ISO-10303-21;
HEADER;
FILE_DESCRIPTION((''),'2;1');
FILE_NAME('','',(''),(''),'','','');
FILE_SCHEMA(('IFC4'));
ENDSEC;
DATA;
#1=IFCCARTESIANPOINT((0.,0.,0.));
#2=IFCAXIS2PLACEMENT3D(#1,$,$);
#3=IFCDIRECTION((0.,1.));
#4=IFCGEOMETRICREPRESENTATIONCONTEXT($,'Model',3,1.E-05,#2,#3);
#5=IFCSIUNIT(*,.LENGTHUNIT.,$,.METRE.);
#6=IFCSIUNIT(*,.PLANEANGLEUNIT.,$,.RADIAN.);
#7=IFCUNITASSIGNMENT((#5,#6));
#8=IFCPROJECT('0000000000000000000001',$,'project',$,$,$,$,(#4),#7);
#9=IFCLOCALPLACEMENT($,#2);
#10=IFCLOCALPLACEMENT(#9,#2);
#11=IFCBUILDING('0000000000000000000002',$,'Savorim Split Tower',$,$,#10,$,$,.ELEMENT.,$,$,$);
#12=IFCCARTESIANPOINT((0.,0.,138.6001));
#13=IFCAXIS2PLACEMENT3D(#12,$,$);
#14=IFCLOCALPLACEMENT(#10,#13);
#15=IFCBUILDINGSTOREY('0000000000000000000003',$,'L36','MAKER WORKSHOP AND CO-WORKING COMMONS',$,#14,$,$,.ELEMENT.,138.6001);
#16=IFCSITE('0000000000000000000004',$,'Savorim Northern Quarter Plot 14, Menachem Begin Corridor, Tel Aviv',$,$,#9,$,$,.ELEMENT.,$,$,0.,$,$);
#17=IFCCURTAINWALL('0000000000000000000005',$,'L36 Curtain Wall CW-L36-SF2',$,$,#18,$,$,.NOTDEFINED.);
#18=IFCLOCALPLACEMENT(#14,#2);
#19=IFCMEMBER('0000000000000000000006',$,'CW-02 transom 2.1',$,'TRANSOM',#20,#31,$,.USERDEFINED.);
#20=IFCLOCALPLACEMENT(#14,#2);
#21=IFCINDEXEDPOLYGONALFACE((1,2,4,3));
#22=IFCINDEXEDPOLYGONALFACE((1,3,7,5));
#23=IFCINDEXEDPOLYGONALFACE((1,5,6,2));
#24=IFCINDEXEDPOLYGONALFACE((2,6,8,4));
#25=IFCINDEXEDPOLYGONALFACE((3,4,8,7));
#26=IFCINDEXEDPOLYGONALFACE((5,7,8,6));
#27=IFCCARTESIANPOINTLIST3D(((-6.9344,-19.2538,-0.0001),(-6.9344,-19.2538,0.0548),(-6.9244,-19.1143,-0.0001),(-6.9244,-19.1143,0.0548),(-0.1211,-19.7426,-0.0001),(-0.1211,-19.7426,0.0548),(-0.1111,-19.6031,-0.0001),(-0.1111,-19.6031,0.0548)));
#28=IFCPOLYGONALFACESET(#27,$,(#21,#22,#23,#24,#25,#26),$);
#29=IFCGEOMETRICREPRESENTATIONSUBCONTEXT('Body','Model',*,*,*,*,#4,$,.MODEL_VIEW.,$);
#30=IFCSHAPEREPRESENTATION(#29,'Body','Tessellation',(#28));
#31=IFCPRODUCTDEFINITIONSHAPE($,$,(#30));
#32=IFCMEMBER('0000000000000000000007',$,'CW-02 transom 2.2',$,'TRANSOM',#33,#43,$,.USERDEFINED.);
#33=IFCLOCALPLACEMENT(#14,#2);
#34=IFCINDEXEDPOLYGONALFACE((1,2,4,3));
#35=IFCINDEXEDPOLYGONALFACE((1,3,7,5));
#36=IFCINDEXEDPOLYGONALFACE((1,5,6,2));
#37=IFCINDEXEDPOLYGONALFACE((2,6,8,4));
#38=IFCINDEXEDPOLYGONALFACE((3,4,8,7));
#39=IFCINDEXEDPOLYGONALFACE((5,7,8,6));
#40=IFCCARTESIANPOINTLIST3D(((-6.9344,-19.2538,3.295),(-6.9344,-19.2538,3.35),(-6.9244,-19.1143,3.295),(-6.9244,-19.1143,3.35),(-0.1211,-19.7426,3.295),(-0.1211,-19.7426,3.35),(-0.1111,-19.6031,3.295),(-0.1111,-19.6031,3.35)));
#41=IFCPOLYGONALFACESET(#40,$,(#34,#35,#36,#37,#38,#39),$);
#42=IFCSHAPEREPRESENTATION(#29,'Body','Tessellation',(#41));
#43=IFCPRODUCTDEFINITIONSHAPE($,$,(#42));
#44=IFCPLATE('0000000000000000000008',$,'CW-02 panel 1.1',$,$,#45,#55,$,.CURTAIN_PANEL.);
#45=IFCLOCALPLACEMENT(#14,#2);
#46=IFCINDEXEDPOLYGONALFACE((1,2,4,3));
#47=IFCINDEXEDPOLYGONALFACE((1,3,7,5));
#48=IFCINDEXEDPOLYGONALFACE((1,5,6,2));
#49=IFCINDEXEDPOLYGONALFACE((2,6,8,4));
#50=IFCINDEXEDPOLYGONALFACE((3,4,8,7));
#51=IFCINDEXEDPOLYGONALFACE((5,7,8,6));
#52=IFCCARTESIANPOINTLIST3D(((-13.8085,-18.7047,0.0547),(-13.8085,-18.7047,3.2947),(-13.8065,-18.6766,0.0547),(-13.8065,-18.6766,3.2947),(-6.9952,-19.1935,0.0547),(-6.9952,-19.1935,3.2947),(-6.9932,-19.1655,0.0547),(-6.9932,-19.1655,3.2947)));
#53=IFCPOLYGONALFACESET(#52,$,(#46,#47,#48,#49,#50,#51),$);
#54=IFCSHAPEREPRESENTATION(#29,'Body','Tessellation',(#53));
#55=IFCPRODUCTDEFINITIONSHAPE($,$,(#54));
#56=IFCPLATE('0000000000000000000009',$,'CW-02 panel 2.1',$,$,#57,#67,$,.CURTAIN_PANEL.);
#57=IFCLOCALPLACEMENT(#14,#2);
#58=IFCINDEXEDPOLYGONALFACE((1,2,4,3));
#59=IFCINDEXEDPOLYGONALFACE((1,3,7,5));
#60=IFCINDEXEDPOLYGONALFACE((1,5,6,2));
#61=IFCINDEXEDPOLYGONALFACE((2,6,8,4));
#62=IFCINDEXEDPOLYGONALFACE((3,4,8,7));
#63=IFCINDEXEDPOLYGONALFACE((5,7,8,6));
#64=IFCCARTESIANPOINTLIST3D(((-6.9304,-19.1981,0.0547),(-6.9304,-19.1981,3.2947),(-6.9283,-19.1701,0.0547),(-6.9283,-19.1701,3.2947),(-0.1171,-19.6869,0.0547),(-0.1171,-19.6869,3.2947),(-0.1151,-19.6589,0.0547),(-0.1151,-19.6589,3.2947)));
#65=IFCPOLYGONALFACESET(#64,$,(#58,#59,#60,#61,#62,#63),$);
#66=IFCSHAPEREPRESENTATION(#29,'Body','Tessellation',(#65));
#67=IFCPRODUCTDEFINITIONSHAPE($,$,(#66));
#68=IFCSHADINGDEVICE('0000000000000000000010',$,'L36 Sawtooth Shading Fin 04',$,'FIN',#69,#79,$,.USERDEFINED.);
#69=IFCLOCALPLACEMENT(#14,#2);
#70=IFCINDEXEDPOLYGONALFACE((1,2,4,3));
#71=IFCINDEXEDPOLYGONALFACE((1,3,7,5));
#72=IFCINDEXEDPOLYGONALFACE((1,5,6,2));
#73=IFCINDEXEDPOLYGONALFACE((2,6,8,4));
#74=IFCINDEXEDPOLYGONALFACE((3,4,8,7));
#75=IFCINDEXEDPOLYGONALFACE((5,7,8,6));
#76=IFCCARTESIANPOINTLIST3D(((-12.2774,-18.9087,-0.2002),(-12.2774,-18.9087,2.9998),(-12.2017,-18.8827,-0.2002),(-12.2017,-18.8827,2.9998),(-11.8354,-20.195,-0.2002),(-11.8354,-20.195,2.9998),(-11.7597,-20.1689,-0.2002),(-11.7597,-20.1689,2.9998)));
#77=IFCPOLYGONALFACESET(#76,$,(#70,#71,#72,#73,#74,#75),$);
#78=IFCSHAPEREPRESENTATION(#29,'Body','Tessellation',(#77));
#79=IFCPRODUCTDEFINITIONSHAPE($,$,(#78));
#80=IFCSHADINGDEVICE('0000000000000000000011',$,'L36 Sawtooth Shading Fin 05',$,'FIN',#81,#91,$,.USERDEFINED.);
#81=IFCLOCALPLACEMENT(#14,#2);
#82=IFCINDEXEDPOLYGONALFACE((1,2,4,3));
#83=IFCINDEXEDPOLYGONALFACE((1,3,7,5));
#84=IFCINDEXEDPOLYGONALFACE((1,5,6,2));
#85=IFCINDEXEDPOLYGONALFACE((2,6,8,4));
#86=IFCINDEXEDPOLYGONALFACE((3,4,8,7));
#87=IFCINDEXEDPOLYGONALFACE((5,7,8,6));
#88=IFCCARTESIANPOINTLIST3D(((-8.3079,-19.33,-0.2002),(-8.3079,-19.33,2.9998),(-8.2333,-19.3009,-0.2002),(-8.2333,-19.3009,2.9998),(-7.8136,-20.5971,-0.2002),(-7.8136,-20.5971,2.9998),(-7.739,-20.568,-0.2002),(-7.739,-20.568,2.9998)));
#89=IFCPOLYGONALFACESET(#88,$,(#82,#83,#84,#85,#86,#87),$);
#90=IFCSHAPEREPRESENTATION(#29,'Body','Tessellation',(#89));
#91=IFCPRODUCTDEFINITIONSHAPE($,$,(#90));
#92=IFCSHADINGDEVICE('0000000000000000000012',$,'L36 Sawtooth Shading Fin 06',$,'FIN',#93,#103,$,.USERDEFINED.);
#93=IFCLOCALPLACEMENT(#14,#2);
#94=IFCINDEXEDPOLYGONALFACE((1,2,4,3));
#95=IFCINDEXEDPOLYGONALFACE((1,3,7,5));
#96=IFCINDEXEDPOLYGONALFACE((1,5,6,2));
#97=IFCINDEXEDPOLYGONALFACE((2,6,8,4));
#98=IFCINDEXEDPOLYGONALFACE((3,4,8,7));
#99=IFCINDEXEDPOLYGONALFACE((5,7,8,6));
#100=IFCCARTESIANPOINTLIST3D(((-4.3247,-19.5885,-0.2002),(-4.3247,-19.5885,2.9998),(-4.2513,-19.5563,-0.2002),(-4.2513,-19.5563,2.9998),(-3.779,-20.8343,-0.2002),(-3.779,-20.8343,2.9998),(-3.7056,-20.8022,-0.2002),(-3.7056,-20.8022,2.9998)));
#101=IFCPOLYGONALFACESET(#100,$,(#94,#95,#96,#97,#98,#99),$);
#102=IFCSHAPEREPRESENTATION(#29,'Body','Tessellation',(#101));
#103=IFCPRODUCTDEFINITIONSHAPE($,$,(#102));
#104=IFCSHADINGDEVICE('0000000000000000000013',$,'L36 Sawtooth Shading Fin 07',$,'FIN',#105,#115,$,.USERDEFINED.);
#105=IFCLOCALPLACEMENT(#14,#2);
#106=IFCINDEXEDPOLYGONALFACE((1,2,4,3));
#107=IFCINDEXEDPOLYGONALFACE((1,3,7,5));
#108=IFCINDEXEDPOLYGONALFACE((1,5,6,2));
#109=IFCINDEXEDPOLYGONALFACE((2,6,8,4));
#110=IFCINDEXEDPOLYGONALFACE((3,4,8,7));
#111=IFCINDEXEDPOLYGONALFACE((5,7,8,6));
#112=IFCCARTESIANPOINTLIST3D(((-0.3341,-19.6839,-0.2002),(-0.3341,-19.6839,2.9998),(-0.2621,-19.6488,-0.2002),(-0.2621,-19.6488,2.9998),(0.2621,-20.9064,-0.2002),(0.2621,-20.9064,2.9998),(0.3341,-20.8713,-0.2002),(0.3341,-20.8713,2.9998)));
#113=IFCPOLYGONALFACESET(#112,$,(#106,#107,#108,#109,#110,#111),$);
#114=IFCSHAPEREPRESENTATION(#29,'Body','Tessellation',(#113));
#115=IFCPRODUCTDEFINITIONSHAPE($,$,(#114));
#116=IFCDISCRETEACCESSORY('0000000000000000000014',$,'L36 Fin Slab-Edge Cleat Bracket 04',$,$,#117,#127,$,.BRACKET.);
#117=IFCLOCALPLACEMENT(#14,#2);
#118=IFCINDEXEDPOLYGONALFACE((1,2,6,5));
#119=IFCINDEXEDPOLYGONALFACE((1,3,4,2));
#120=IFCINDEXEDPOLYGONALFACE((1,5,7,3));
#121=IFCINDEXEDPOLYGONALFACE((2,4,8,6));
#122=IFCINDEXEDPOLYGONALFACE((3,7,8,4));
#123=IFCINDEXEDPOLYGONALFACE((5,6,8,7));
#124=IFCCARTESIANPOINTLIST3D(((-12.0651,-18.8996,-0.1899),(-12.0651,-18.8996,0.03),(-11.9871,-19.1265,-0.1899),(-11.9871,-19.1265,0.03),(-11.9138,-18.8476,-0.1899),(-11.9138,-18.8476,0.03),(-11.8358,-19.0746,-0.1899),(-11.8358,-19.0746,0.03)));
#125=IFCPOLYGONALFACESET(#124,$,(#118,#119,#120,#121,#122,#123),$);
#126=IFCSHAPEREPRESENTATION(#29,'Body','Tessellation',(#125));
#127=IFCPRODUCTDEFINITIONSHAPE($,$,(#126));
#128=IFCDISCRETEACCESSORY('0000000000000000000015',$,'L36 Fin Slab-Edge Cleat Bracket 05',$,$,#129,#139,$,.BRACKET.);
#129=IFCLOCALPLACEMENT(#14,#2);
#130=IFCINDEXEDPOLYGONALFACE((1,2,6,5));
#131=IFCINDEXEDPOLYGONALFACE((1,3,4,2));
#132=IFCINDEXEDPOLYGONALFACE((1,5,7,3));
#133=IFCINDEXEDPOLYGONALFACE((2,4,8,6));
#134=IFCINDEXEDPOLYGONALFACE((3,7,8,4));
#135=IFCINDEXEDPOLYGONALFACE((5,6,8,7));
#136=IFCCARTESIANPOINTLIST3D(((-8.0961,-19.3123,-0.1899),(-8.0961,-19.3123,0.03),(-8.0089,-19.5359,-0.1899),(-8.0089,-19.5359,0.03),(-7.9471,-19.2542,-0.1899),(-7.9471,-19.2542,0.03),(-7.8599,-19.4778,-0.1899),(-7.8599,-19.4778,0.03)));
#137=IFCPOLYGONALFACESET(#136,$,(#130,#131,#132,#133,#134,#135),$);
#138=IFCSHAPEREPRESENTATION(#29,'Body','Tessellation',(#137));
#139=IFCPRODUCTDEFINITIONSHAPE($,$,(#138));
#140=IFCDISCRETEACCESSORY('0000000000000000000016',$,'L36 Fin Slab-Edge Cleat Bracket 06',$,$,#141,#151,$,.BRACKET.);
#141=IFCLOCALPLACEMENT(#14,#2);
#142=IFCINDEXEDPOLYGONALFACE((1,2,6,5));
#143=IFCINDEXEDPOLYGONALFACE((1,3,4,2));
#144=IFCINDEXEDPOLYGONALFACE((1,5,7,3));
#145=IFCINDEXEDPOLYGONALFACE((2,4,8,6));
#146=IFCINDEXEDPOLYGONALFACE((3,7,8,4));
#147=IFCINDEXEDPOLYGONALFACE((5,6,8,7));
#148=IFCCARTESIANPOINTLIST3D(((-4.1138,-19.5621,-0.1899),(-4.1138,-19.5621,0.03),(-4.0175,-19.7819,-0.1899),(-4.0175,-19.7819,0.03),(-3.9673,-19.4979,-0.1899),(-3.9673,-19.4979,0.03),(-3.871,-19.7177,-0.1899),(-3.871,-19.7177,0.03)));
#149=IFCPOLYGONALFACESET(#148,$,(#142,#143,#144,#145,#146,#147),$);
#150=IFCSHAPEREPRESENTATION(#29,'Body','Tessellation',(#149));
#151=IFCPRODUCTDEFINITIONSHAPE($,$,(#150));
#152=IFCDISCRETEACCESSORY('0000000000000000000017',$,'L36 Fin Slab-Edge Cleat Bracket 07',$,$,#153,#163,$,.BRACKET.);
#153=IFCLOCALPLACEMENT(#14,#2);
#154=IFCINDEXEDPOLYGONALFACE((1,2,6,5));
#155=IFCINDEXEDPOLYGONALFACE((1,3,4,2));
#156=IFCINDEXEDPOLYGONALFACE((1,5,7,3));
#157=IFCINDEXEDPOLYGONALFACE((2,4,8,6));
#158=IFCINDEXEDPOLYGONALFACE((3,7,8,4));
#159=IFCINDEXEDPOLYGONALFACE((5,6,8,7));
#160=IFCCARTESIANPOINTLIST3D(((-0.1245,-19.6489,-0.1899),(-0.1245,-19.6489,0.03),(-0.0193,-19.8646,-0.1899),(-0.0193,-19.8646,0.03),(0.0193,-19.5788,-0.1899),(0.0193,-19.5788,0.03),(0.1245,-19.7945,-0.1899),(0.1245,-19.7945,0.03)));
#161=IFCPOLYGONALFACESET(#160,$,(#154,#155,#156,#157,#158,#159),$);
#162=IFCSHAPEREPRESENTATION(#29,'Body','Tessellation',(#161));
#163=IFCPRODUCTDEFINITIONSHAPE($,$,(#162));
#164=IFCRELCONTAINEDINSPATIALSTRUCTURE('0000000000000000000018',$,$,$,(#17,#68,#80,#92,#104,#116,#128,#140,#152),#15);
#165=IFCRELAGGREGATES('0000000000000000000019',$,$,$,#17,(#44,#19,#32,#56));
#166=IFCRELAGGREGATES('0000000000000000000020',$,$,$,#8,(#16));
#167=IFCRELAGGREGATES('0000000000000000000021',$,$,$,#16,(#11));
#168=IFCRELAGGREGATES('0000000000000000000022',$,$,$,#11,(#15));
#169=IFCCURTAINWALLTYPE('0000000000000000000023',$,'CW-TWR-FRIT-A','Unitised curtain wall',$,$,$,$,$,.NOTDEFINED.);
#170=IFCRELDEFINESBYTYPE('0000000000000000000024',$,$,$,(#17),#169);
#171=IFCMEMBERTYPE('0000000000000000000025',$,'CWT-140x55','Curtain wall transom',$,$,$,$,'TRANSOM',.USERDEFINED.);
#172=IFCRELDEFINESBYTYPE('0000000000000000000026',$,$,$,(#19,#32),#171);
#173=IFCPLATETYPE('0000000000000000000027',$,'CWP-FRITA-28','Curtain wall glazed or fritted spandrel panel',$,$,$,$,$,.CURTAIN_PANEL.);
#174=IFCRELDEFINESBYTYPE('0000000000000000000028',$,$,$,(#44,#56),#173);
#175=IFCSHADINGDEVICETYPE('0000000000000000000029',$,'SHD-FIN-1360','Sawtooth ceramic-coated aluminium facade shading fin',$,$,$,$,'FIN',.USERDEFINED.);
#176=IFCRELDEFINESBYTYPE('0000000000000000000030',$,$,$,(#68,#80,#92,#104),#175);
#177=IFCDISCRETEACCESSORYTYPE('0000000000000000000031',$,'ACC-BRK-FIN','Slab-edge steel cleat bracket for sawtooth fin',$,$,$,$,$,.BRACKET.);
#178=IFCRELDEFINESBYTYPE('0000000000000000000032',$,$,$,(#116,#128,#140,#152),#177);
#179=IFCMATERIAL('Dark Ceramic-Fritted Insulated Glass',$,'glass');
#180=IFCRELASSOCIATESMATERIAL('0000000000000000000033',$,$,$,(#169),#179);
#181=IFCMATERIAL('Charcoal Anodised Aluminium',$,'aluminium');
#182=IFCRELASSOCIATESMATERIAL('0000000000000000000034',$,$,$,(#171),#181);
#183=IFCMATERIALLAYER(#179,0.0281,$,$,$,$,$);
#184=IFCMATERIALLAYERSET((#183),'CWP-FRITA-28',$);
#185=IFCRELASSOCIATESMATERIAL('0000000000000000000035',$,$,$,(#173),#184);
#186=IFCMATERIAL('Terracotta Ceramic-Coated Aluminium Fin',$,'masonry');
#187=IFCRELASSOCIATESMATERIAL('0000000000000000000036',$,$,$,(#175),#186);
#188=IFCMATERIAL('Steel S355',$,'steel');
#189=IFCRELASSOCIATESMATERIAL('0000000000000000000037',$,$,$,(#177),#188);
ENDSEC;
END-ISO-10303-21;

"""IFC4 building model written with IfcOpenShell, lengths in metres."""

from ifc_helpers import new_model, si_unit, direction, frame, origin, origin_2d, place, context, subcontext, project, spatial, rectangle, extrude, material, layer, layer_set, material_profile, profile_set, type_object, element, aggregate, save


model = new_model("IFC4")

# Units and contexts
model_context = context("Model", 3, precision=1e-05, world=origin(), true_north=direction((0.0, 1.0)))
body_context = subcontext(model_context, "Body", "Model", "MODEL_VIEW")
ifc_project = project(units=[si_unit("LENGTHUNIT", "METRE"), si_unit("PLANEANGLEUNIT", "RADIAN")], contexts=[model_context])

# Site, building, storey
site_placement = place(None, origin())
site = spatial("IfcSite", under=ifc_project, at=site_placement, Name="Savorim Northern Quarter Plot 14, Menachem Begin Corridor, Tel Aviv", CompositionType="ELEMENT", RefElevation=0.0)
building_placement = place(site_placement, origin())
building = spatial("IfcBuilding", under=site, at=building_placement, Name="Savorim Split Tower", CompositionType="ELEMENT")
storey_placement = place(building_placement, frame((0.0, 0.0, 138.6001)))
storey = spatial("IfcBuildingStorey", under=building, at=storey_placement, Name="L36", Description="MAKER WORKSHOP AND CO-WORKING COMMONS", CompositionType="ELEMENT", Elevation=138.6001)

# Shared definitions
ifc_material_1 = material(Name="Steel S355", Category="steel")

# Curtain wall, members, plates
ifc_material_2 = material(Name="Dark Ceramic-Fritted Insulated Glass", Category="glass")
curtain_wall_type = type_object("IfcCurtainWallType", Name="CW-TWR-FRIT-A", Description="Unitised curtain wall", PredefinedType="NOTDEFINED", material=ifc_material_2)
curtain_wall_placement = place(storey_placement, origin())
curtain_wall = element("IfcCurtainWall", 1, at=curtain_wall_placement, inside=storey, type_object=curtain_wall_type, Name="L36 Curtain Wall CW-L36-SF2", PredefinedType="NOTDEFINED")
ifc_material_3 = material(Name="Charcoal Anodised Aluminium", Category="aluminium")
ifc_material_profile_1 = material_profile(ifc_material_3, rectangle(XDim=0.1399, YDim=0.0549, at=origin_2d()), Name="ALU-T 140x55")
ifc_profile_set_1 = profile_set([ifc_material_profile_1], Name="Charcoal Anodised Aluminium")
member_type_1 = type_object("IfcMemberType", Name="CWT-140x55", Description="Curtain wall transom", ElementType="TRANSOM", PredefinedType="USERDEFINED", material=ifc_profile_set_1)
member_1_placement = place(storey_placement, frame((-6.9294, -19.1841, 0.0273), z_axis=(0.997437, -0.071554, 0.0), x_axis=(0.071554, 0.997437, 0.0)))
member_1 = element("IfcMember", 2, at=member_1_placement, type_object=member_type_1, Name="CW-02 transom 2.1", ObjectType="TRANSOM", PredefinedType="USERDEFINED", context=body_context, shape_type="SweptSolid", body=[
    extrude(rectangle(XDim=0.1399, YDim=0.0549, at=origin_2d()), origin(), (0.0, 0.0, 1.0), 6.8308),
])
member_2_placement = place(storey_placement, frame((-6.9294, -19.1841, 3.3225), z_axis=(0.997437, -0.071554, 0.0), x_axis=(0.071554, 0.997437, 0.0)))
member_2 = element("IfcMember", 3, at=member_2_placement, type_object=member_type_1, Name="CW-02 transom 2.2", ObjectType="TRANSOM", PredefinedType="USERDEFINED", context=body_context, shape_type="SweptSolid", body=[
    extrude(rectangle(XDim=0.1399, YDim=0.0549, at=origin_2d()), origin(), (0.0, 0.0, 1.0), 6.8308),
])
ifc_layer = layer(ifc_material_2, 0.0281)
ifc_layer_set = layer_set([ifc_layer], Name="CWP-FRITA-28")
plate_type = type_object("IfcPlateType", Name="CWP-FRITA-28", Description="Curtain wall glazed or fritted spandrel panel", PredefinedType="CURTAIN_PANEL", material=ifc_layer_set)
plate_1_placement = place(storey_placement, frame((-10.4009, -18.9351, 0.0547), z_axis=(0.0, 0.0, 1.0), x_axis=(0.997436, -0.071561, 0.0)))
plate_1 = element("IfcPlate", 4, at=plate_1_placement, type_object=plate_type, Name="CW-02 panel 1.1", PredefinedType="CURTAIN_PANEL", context=body_context, shape_type="SweptSolid", body=[
    extrude(rectangle(XDim=6.8308, YDim=0.0281, at=origin_2d()), origin(), (0.0, 0.0, 1.0), 3.24),
])
plate_2_placement = place(storey_placement, frame((-3.5227, -19.4285, 0.0547), z_axis=(0.0, 0.0, 1.0), x_axis=(0.997436, -0.071561, 0.0)))
plate_2 = element("IfcPlate", 5, at=plate_2_placement, type_object=plate_type, Name="CW-02 panel 2.1", PredefinedType="CURTAIN_PANEL", context=body_context, shape_type="SweptSolid", body=[
    extrude(rectangle(XDim=6.8308, YDim=0.0281, at=origin_2d()), origin(), (0.0, 0.0, 1.0), 3.24),
])
aggregate(curtain_wall, [plate_1, member_1, member_2, plate_2])

# Shading devices
ifc_material_4 = material(Name="Terracotta Ceramic-Coated Aluminium Fin", Category="masonry")
shading_device_type = type_object("IfcShadingDeviceType", Name="SHD-FIN-1360", Description="Sawtooth ceramic-coated aluminium facade shading fin", ElementType="FIN", PredefinedType="USERDEFINED", material=ifc_material_4)
for number, where, z_axis, x_axis, name in (
    (6, (-12.0186, -19.5388, -0.2002), (0.0, 0.0, 1.0), (0.324994, -0.945716, 0.0), "L36 Sawtooth Shading Fin 04"),
    (7, (-8.0234, -19.949, -0.2002), (0.0, 0.0, 1.0), (0.363415, -0.931627, 0.0), "L36 Sawtooth Shading Fin 05"),
    (8, (-4.0151, -20.1953, -0.2002), (0.0, 0.0, 1.0), (0.40123, -0.915977, 0.0), "L36 Sawtooth Shading Fin 06"),
    (9, (0.0, -20.2776, -0.2002), (0.0, 0.0, 1.0), (0.438371, -0.898794, 0.0), "L36 Sawtooth Shading Fin 07"),
):
    element("IfcShadingDevice", number, at=place(storey_placement, frame(where, z_axis=z_axis, x_axis=x_axis)), inside=storey, type_object=shading_device_type, Name=name, ObjectType="FIN", PredefinedType="USERDEFINED", context=body_context, shape_type="SweptSolid", body=[
        extrude(rectangle(XDim=1.3601, YDim=0.0801, at=origin_2d()), origin(), (0.0, 0.0, 1.0), 3.2),
    ])

# Discrete accessories
discrete_accessory_type = type_object("IfcDiscreteAccessoryType", Name="ACC-BRK-FIN", Description="Slab-edge steel cleat bracket for sawtooth fin", PredefinedType="BRACKET", material=ifc_material_1)
for number, where, z_axis, x_axis, name in (
    (10, (-11.9504, -18.9871, -0.1899), (0.0, 0.0, 1.0), (0.324994, -0.945716, 0.0), "L36 Fin Slab-Edge Cleat Bracket 04"),
    (11, (-7.978, -19.395, -0.1899), (0.0, 0.0, 1.0), (0.363415, -0.931627, 0.0), "L36 Fin Slab-Edge Cleat Bracket 05"),
    (12, (-3.9924, -19.6399, -0.1899), (0.0, 0.0, 1.0), (0.40123, -0.915977, 0.0), "L36 Fin Slab-Edge Cleat Bracket 06"),
    (13, (0.0, -19.7217, -0.1899), (0.0, 0.0, 1.0), (0.438371, -0.898794, 0.0), "L36 Fin Slab-Edge Cleat Bracket 07"),
):
    element("IfcDiscreteAccessory", number, at=place(storey_placement, frame(where, z_axis=z_axis, x_axis=x_axis)), inside=storey, type_object=discrete_accessory_type, Name=name, PredefinedType="BRACKET", context=body_context, shape_type="SweptSolid", body=[
        extrude(rectangle(XDim=0.24, YDim=0.1599, at=origin_2d()), origin(), (0.0, 0.0, 1.0), 0.22),
    ])

save(model, "model.ifc")
